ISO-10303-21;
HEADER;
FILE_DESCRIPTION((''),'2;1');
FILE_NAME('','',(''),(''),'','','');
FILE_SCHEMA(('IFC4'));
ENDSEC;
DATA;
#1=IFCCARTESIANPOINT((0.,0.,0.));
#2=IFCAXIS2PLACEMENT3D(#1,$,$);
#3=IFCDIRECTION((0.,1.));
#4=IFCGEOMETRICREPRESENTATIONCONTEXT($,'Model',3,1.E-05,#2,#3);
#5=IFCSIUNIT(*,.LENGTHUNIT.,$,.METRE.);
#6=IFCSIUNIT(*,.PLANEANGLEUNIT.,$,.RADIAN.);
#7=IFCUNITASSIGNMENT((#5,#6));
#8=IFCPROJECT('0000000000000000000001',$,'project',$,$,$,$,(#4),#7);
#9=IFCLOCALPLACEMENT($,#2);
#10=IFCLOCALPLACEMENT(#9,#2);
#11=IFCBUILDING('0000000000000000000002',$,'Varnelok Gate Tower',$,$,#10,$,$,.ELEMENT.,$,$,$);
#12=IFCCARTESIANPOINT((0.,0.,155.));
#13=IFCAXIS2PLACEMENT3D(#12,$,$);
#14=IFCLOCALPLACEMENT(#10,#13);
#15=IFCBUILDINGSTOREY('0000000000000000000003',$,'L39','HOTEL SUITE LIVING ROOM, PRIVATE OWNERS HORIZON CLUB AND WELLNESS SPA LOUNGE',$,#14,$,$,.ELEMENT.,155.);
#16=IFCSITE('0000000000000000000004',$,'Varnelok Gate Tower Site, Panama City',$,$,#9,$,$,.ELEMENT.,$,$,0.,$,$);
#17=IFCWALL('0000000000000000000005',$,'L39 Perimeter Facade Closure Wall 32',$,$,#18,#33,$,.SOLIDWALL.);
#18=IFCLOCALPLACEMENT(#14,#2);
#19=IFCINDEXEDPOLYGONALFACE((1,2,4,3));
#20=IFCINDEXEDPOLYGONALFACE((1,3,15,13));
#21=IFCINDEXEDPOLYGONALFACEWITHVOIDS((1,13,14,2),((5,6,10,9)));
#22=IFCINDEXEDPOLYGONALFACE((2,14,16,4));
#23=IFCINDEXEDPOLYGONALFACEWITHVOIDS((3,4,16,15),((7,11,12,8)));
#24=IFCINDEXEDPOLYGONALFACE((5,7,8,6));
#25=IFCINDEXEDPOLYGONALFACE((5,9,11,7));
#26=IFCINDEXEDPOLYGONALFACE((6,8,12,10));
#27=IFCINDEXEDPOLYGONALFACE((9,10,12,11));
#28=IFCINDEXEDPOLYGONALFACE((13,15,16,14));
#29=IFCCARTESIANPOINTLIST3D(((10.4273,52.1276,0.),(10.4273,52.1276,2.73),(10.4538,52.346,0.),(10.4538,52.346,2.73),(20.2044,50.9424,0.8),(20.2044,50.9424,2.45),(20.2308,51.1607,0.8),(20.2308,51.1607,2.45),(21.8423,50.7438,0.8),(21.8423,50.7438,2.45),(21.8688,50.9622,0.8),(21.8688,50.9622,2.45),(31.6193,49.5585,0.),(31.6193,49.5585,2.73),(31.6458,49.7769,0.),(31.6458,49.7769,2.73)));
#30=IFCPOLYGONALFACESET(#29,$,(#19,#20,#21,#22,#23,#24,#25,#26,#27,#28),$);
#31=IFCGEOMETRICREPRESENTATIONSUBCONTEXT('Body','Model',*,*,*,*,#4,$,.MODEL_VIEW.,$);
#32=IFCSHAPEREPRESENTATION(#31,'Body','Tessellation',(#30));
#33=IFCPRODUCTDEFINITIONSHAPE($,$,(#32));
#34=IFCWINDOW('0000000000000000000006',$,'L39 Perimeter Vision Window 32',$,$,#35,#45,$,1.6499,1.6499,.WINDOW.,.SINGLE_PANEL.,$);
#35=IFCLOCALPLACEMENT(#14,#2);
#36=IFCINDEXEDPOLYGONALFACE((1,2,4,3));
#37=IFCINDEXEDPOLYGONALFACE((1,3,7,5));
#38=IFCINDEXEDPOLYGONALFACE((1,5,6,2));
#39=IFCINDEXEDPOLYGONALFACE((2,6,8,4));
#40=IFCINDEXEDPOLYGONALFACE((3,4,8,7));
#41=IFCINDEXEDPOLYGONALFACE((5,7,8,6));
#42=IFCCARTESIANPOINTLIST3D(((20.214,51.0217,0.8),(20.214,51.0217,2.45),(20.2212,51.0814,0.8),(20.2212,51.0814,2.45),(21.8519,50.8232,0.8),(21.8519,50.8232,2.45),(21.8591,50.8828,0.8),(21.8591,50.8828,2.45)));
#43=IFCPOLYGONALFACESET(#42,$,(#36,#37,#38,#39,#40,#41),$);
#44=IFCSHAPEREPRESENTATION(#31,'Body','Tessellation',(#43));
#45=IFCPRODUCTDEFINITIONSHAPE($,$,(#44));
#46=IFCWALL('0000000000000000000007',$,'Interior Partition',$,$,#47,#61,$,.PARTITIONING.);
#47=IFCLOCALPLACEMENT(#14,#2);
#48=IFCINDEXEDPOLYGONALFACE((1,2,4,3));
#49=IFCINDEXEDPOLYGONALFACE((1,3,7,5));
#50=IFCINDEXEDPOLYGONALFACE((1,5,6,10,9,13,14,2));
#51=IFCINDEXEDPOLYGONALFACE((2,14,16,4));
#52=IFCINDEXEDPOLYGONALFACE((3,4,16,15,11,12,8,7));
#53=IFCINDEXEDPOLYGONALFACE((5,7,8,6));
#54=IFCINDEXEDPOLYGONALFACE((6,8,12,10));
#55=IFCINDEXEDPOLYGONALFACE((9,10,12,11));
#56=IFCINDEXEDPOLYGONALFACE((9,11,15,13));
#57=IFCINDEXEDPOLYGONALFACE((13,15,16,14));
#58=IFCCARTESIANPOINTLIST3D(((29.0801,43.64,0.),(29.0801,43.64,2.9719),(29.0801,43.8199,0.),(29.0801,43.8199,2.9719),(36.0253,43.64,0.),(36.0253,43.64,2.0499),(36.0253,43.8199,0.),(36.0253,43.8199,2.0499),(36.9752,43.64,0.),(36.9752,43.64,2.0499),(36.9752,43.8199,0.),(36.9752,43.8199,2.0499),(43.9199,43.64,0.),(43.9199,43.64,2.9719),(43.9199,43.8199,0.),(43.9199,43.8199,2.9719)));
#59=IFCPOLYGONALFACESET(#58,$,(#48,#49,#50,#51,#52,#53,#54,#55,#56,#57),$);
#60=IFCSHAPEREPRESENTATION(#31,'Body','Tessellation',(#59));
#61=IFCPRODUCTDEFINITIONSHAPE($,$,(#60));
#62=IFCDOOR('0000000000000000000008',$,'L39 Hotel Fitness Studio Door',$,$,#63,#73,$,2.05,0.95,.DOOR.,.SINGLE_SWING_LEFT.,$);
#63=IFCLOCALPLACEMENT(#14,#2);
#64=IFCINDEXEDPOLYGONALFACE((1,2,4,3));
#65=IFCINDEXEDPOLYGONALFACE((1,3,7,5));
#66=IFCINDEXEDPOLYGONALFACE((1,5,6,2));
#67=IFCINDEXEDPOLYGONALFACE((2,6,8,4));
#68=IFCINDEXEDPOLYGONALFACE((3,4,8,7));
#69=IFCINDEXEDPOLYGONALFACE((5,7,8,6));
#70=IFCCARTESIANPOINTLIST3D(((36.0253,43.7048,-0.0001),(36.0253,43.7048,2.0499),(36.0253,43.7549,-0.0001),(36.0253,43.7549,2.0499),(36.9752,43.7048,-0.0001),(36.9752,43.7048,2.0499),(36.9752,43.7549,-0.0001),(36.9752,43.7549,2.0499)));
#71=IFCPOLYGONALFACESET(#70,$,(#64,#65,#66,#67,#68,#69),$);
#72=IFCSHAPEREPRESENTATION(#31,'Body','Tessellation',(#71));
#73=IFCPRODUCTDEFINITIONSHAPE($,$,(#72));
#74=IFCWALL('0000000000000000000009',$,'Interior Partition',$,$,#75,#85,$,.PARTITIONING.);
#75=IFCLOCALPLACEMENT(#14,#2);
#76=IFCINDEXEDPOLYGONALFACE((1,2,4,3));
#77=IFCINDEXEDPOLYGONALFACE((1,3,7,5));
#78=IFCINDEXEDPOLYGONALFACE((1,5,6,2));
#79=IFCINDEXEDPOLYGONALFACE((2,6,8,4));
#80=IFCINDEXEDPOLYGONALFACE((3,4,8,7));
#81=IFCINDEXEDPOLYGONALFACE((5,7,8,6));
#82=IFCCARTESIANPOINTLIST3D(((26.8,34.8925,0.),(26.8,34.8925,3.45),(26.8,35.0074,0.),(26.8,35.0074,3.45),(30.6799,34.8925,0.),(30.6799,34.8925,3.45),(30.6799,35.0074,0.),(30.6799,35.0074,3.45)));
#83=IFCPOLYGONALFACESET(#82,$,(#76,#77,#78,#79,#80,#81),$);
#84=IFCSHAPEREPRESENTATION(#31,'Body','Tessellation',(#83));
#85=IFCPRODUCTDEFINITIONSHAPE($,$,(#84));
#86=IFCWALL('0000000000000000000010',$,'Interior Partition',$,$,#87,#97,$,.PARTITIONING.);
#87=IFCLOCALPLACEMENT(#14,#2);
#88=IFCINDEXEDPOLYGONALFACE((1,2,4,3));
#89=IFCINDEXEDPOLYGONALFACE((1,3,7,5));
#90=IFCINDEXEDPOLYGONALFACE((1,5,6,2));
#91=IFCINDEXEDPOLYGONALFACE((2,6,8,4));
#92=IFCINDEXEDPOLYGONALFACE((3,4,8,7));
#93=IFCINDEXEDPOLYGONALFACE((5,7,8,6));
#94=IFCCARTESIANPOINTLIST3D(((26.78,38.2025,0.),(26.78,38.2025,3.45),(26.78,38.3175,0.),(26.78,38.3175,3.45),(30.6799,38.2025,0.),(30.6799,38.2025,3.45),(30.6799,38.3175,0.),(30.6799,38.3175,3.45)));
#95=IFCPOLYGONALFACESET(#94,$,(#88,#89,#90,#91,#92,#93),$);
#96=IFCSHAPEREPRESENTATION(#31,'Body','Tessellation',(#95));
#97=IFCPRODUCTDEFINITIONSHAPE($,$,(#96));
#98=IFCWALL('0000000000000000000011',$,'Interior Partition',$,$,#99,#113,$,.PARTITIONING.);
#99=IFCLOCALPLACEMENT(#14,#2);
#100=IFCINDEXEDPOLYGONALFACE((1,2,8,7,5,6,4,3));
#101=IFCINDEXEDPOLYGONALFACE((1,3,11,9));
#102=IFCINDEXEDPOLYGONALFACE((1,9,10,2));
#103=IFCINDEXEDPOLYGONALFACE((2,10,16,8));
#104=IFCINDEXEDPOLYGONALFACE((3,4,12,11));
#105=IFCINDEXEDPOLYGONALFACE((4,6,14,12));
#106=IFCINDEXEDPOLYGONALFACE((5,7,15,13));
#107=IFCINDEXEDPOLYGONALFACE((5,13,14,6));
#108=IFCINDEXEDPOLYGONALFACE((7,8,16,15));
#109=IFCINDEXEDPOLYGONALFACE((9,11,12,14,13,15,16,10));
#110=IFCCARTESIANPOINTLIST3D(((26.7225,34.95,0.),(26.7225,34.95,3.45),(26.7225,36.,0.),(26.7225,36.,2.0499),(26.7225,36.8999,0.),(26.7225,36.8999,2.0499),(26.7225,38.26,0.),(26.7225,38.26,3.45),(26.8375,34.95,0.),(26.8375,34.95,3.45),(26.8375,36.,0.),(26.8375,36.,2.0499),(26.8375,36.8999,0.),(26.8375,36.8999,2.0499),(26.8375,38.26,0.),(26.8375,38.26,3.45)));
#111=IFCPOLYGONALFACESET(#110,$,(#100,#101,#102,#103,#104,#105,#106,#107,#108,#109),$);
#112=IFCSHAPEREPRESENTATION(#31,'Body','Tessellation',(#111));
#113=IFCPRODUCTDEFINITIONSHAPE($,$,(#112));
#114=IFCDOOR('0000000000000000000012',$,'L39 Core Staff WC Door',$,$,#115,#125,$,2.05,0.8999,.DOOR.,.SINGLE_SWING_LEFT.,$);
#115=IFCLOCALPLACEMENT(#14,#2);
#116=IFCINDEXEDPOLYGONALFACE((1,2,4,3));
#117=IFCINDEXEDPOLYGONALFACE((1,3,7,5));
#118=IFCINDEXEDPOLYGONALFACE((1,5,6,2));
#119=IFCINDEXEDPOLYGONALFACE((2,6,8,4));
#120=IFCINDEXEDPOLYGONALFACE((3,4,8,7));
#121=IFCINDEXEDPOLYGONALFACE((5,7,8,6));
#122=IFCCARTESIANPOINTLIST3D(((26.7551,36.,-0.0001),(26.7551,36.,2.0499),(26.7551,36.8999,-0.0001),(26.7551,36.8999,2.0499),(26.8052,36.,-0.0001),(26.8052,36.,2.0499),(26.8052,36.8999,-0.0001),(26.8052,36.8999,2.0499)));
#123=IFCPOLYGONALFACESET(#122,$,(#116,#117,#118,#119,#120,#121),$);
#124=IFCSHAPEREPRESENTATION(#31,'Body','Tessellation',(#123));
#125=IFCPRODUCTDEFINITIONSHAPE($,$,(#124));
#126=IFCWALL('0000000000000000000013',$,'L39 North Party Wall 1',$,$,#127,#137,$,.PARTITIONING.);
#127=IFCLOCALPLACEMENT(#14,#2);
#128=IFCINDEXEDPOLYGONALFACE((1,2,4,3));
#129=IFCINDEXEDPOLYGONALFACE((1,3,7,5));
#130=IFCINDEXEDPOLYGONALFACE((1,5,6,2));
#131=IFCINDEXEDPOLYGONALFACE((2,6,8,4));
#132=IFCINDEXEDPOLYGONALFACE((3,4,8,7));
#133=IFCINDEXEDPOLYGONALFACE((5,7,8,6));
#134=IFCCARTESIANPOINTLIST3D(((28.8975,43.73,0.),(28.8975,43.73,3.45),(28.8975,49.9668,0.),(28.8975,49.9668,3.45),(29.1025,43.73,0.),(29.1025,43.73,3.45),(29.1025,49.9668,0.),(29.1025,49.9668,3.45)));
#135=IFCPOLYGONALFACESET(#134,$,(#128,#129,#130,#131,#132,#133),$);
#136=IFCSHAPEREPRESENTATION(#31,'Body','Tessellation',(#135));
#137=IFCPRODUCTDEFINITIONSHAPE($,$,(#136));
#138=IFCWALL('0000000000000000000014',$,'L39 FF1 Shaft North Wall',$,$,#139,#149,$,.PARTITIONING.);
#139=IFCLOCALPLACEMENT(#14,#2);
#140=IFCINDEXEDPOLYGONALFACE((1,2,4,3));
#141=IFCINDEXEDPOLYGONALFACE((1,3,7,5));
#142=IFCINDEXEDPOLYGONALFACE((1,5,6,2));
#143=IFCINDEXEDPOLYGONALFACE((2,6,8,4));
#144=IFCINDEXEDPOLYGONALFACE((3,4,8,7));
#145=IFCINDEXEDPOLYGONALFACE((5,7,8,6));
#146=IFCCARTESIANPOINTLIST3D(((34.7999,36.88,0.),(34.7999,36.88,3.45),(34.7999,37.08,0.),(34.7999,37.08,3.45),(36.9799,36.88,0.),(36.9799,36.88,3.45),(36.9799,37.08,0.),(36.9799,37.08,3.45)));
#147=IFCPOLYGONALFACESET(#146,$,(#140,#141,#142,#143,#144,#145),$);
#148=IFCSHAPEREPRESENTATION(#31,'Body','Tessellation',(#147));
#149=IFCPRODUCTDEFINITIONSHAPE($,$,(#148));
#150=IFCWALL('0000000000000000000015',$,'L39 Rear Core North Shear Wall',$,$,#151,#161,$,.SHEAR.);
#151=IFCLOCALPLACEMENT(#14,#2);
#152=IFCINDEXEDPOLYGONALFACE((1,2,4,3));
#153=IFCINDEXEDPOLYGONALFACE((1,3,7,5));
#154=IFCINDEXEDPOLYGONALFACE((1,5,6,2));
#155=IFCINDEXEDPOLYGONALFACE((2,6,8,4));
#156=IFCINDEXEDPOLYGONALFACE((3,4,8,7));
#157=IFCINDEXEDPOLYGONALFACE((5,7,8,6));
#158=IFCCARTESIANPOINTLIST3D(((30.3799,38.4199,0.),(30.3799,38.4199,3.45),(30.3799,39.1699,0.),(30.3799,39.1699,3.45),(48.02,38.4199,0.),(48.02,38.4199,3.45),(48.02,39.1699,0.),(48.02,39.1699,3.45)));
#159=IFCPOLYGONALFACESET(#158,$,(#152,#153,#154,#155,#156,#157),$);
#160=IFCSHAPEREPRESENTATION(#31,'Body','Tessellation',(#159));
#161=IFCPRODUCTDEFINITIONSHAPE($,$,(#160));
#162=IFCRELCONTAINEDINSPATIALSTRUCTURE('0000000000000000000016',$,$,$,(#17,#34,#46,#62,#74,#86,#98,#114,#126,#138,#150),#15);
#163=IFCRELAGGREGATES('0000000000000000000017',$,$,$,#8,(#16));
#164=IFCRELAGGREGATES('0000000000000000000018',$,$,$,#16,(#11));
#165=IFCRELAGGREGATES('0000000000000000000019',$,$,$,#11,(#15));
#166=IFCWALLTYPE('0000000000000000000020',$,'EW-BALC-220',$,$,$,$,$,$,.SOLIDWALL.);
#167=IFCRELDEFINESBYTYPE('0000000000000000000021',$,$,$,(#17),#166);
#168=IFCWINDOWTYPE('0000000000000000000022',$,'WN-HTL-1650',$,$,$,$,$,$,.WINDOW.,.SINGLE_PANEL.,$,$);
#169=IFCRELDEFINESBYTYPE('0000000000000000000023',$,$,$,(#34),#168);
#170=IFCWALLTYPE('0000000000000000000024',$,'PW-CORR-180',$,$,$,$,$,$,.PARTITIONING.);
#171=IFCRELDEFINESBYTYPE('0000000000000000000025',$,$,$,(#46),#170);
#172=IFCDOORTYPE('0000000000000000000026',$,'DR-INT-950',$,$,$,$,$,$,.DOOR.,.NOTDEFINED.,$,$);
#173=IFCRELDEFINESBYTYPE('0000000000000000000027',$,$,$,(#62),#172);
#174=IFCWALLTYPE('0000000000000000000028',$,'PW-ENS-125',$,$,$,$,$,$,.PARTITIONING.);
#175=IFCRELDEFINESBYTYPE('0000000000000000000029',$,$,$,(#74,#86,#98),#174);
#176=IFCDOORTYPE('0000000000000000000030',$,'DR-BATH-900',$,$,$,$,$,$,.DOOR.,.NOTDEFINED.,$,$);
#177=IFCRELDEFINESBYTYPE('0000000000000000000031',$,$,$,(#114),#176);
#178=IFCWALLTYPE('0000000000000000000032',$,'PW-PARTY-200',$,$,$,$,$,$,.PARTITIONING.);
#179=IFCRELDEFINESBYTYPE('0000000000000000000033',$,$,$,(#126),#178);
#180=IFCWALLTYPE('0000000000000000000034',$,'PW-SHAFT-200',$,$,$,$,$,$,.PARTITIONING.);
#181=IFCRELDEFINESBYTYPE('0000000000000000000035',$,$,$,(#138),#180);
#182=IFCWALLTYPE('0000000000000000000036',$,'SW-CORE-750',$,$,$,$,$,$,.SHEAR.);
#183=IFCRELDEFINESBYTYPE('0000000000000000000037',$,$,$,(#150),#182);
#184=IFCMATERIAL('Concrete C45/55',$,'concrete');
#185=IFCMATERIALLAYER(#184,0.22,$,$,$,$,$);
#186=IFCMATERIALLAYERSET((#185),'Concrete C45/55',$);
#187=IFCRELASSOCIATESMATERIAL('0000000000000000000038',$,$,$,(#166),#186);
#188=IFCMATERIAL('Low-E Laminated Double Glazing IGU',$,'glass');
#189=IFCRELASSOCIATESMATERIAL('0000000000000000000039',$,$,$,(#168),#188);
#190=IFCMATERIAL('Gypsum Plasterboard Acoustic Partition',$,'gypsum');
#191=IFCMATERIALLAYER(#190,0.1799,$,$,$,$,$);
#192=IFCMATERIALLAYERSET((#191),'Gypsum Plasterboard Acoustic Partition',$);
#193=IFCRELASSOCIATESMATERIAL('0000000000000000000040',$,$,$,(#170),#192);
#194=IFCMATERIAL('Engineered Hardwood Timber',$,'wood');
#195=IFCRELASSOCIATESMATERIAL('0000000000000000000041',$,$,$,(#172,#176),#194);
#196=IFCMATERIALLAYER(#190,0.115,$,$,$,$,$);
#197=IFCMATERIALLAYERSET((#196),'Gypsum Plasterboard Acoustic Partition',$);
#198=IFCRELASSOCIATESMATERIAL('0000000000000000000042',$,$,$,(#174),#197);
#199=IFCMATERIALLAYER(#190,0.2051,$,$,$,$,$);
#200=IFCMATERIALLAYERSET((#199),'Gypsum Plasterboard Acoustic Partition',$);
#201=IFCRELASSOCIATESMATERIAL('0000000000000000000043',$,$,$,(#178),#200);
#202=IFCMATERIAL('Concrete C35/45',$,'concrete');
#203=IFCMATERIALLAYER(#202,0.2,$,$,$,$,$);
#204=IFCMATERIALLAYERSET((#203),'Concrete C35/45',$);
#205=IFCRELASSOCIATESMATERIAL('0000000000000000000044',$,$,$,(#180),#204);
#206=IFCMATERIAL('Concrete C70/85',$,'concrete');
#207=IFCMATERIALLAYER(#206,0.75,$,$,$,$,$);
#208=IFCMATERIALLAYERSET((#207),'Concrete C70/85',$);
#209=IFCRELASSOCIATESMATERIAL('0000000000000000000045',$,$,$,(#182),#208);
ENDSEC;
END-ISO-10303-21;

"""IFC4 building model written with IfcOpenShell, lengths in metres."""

from ifc_helpers import new_model, si_unit, direction, frame, frame_2d, origin, place, context, subcontext, project, spatial, rectangle, extrude, material, layer, layer_set, type_object, element, fill, save


model = new_model("IFC4")

# Units and contexts
model_context = context("Model", 3, precision=1e-05, world=origin(), true_north=direction((0.0, 1.0)))
body_context = subcontext(model_context, "Body", "Model", "MODEL_VIEW")
ifc_project = project(units=[si_unit("LENGTHUNIT", "METRE"), si_unit("PLANEANGLEUNIT", "RADIAN")], contexts=[model_context])

# Site, building, storey
site_placement = place(None, origin())
site = spatial("IfcSite", under=ifc_project, at=site_placement, Name="Varnelok Gate Tower Site, Panama City", CompositionType="ELEMENT", RefElevation=0.0)
building_placement = place(site_placement, origin())
building = spatial("IfcBuilding", under=site, at=building_placement, Name="Varnelok Gate Tower", CompositionType="ELEMENT")
storey_placement = place(building_placement, frame((0.0, 0.0, 155.0)))
storey = spatial("IfcBuildingStorey", under=building, at=storey_placement, Name="L39", Description="HOTEL SUITE LIVING ROOM, PRIVATE OWNERS HORIZON CLUB AND WELLNESS SPA LOUNGE", CompositionType="ELEMENT", Elevation=155.0)

# Shared definitions
ifc_material_1 = material(Name="Concrete C45/55", Category="concrete")
ifc_layer_1 = layer(ifc_material_1, 0.22)
ifc_layer_set_1 = layer_set([ifc_layer_1], Name="Concrete C45/55")
wall_type_1 = type_object("IfcWallType", Name="EW-BALC-220", PredefinedType="SOLIDWALL", material=ifc_layer_set_1)

# Wall, opening, window
wall_1_placement = place(storey_placement, frame((31.6326, 49.6677, 0.0), z_axis=(0.0, 0.0, 1.0), x_axis=(-0.992732, 0.120349, 0.0)))
wall_1 = element("IfcWall", 1, at=wall_1_placement, inside=storey, type_object=wall_type_1, Name="L39 Perimeter Facade Closure Wall 32", PredefinedType="SOLIDWALL", context=body_context, shape_type="SweptSolid", body=[
    extrude(rectangle(XDim=21.3472, YDim=0.22, at=frame_2d((10.6736, 0.0))), origin(), (0.0, 0.0, 1.0), 2.73),
])
opening_1_placement = place(wall_1_placement, frame((9.8486, 0.0, 0.8)))
opening_1 = element("IfcOpeningElement", 2, at=opening_1_placement, cuts=wall_1, PredefinedType="OPENING", context=body_context, shape_type="SweptSolid", body=[
    extrude(rectangle(XDim=1.6499, YDim=1.6499, at=frame_2d((0.825, 0.825))), frame((0.0, 0.1199, 0.0), z_axis=(0.0, -1.0, 0.0), x_axis=(1.0, 0.0, 0.0)), (0.0, 0.0, 1.0), 0.24),
])
ifc_material_2 = material(Name="Low-E Laminated Double Glazing IGU", Category="glass")
window_type = type_object("IfcWindowType", Name="WN-HTL-1650", PartitioningType="SINGLE_PANEL", PredefinedType="WINDOW", material=ifc_material_2)
window_placement = place(opening_1_placement, origin())
window = element("IfcWindow", 3, at=window_placement, inside=storey, type_object=window_type, Name="L39 Perimeter Vision Window 32", OverallHeight=1.6499, OverallWidth=1.6499, PartitioningType="SINGLE_PANEL", PredefinedType="WINDOW", context=body_context, shape_type="SweptSolid", body=[
    extrude(rectangle(XDim=1.6499, YDim=1.6499, at=frame_2d((0.825, 0.825))), frame((0.0, 0.03, 0.0), z_axis=(0.0, -1.0, 0.0), x_axis=(1.0, 0.0, 0.0)), (0.0, 0.0, 1.0), 0.0601),
])
fill(opening_1, window)

# Wall, opening, door
ifc_material_3 = material(Name="Gypsum Plasterboard Acoustic Partition", Category="gypsum")
ifc_layer_2 = layer(ifc_material_3, 0.1799)
ifc_layer_set_2 = layer_set([ifc_layer_2], Name="Gypsum Plasterboard Acoustic Partition")
wall_type_2 = type_object("IfcWallType", Name="PW-CORR-180", PredefinedType="PARTITIONING", material=ifc_layer_set_2)
wall_2_placement = place(storey_placement, frame((29.0801, 43.73, 0.0), z_axis=(0.0, 0.0, 1.0), x_axis=(1.0, 0.0, 0.0)))
wall_2 = element("IfcWall", 4, at=wall_2_placement, inside=storey, type_object=wall_type_2, Name="Interior Partition", PredefinedType="PARTITIONING", context=body_context, shape_type="SweptSolid", body=[
    extrude(rectangle(XDim=14.8398, YDim=0.1799, at=frame_2d((7.4199, 0.0))), origin(), (0.0, 0.0, 1.0), 2.9719),
])
opening_2_placement = place(wall_2_placement, frame((6.9451, 0.0, 0.0)))
opening_2 = element("IfcOpeningElement", 5, at=opening_2_placement, cuts=wall_2, PredefinedType="OPENING", context=body_context, shape_type="SweptSolid", body=[
    extrude(rectangle(XDim=0.95, YDim=2.05, at=frame_2d((0.4751, 1.0249))), frame((0.0, 0.0999, 0.0), z_axis=(0.0, -1.0, 0.0), x_axis=(1.0, 0.0, 0.0)), (0.0, 0.0, 1.0), 0.2),
])
ifc_material_4 = material(Name="Engineered Hardwood Timber", Category="wood")
door_type_1 = type_object("IfcDoorType", Name="DR-INT-950", OperationType="NOTDEFINED", PredefinedType="DOOR", material=ifc_material_4)
door_1_placement = place(opening_2_placement, origin())
door_1 = element("IfcDoor", 6, at=door_1_placement, inside=storey, type_object=door_type_1, Name="L39 Hotel Fitness Studio Door", OperationType="SINGLE_SWING_LEFT", OverallHeight=2.05, OverallWidth=0.95, PredefinedType="DOOR", context=body_context, shape_type="SweptSolid", body=[
    extrude(rectangle(XDim=0.95, YDim=2.05, at=frame_2d((0.4751, 1.0249))), frame((0.0, 0.0249, 0.0), z_axis=(0.0, -1.0, 0.0), x_axis=(1.0, 0.0, 0.0)), (0.0, 0.0, 1.0), 0.05),
])
fill(opening_2, door_1)

# Walls
ifc_layer_3 = layer(ifc_material_3, 0.115)
ifc_layer_set_3 = layer_set([ifc_layer_3], Name="Gypsum Plasterboard Acoustic Partition")
wall_type_3 = type_object("IfcWallType", Name="PW-ENS-125", PredefinedType="PARTITIONING", material=ifc_layer_set_3)
wall_3_placement = place(storey_placement, frame((26.8, 34.95, 0.0), z_axis=(0.0, 0.0, 1.0), x_axis=(1.0, 0.0, 0.0)))
element("IfcWall", 7, at=wall_3_placement, inside=storey, type_object=wall_type_3, Name="Interior Partition", PredefinedType="PARTITIONING", context=body_context, shape_type="SweptSolid", body=[
    extrude(rectangle(XDim=3.8799, YDim=0.115, at=frame_2d((1.9399, 0.0))), origin(), (0.0, 0.0, 1.0), 3.45),
])
wall_4_placement = place(storey_placement, frame((26.78, 38.26, 0.0), z_axis=(0.0, 0.0, 1.0), x_axis=(1.0, 0.0, 0.0)))
element("IfcWall", 8, at=wall_4_placement, inside=storey, type_object=wall_type_3, Name="Interior Partition", PredefinedType="PARTITIONING", context=body_context, shape_type="SweptSolid", body=[
    extrude(rectangle(XDim=3.8999, YDim=0.115, at=frame_2d((1.95, 0.0))), origin(), (0.0, 0.0, 1.0), 3.45),
])

# Wall, opening, door
wall_5_placement = place(storey_placement, frame((26.78, 34.95, 0.0), z_axis=(0.0, 0.0, 1.0), x_axis=(0.0, 1.0, 0.0)))
wall_5 = element("IfcWall", 9, at=wall_5_placement, inside=storey, type_object=wall_type_3, Name="Interior Partition", PredefinedType="PARTITIONING", context=body_context, shape_type="SweptSolid", body=[
    extrude(rectangle(XDim=3.3101, YDim=0.115, at=frame_2d((1.655, 0.0))), origin(), (0.0, 0.0, 1.0), 3.45),
])
opening_3_placement = place(wall_5_placement, frame((1.05, 0.0, 0.0)))
opening_3 = element("IfcOpeningElement", 10, at=opening_3_placement, cuts=wall_5, PredefinedType="OPENING", context=body_context, shape_type="SweptSolid", body=[
    extrude(rectangle(XDim=0.8999, YDim=2.05, at=frame_2d((0.45, 1.0249))), frame((0.0, 0.0674, 0.0), z_axis=(0.0, -1.0, 0.0), x_axis=(1.0, 0.0, 0.0)), (0.0, 0.0, 1.0), 0.135),
])
door_type_2 = type_object("IfcDoorType", Name="DR-BATH-900", OperationType="NOTDEFINED", PredefinedType="DOOR", material=ifc_material_4)
door_2_placement = place(opening_3_placement, origin())
door_2 = element("IfcDoor", 11, at=door_2_placement, inside=storey, type_object=door_type_2, Name="L39 Core Staff WC Door", OperationType="SINGLE_SWING_LEFT", OverallHeight=2.05, OverallWidth=0.8999, PredefinedType="DOOR", context=body_context, shape_type="SweptSolid", body=[
    extrude(rectangle(XDim=0.8999, YDim=2.05, at=frame_2d((0.45, 1.0249))), frame((0.0, 0.0249, 0.0), z_axis=(0.0, -1.0, 0.0), x_axis=(1.0, 0.0, 0.0)), (0.0, 0.0, 1.0), 0.05),
])
fill(opening_3, door_2)

# Walls
ifc_layer_4 = layer(ifc_material_3, 0.2051)
ifc_layer_set_4 = layer_set([ifc_layer_4], Name="Gypsum Plasterboard Acoustic Partition")
wall_type_4 = type_object("IfcWallType", Name="PW-PARTY-200", PredefinedType="PARTITIONING", material=ifc_layer_set_4)
wall_6_placement = place(storey_placement, frame((29.0, 43.73, 0.0), z_axis=(0.0, 0.0, 1.0), x_axis=(0.0, 1.0, 0.0)))
element("IfcWall", 12, at=wall_6_placement, inside=storey, type_object=wall_type_4, Name="L39 North Party Wall 1", PredefinedType="PARTITIONING", context=body_context, shape_type="SweptSolid", body=[
    extrude(rectangle(XDim=6.2368, YDim=0.2051, at=frame_2d((3.1184, 0.0))), origin(), (0.0, 0.0, 1.0), 3.45),
])
ifc_material_5 = material(Name="Concrete C35/45", Category="concrete")
ifc_layer_5 = layer(ifc_material_5, 0.2)
ifc_layer_set_5 = layer_set([ifc_layer_5], Name="Concrete C35/45")
wall_type_5 = type_object("IfcWallType", Name="PW-SHAFT-200", PredefinedType="PARTITIONING", material=ifc_layer_set_5)
wall_7_placement = place(storey_placement, frame((34.8, 36.98, 0.0), z_axis=(0.0, 0.0, 1.0), x_axis=(1.0, 0.0, 0.0)))
element("IfcWall", 13, at=wall_7_placement, inside=storey, type_object=wall_type_5, Name="L39 FF1 Shaft North Wall", PredefinedType="PARTITIONING", context=body_context, shape_type="SweptSolid", body=[
    extrude(rectangle(XDim=2.1799, YDim=0.2, at=frame_2d((1.0898, 0.0))), origin(), (0.0, 0.0, 1.0), 3.45),
])
ifc_material_6 = material(Name="Concrete C70/85", Category="concrete")
ifc_layer_6 = layer(ifc_material_6, 0.75)
ifc_layer_set_6 = layer_set([ifc_layer_6], Name="Concrete C70/85")
wall_type_6 = type_object("IfcWallType", Name="SW-CORE-750", PredefinedType="SHEAR", material=ifc_layer_set_6)
wall_8_placement = place(storey_placement, frame((30.3799, 38.7949, 0.0), z_axis=(0.0, 0.0, 1.0), x_axis=(1.0, 0.0, 0.0)))
element("IfcWall", 14, at=wall_8_placement, inside=storey, type_object=wall_type_6, Name="L39 Rear Core North Shear Wall", PredefinedType="SHEAR", context=body_context, shape_type="SweptSolid", body=[
    extrude(rectangle(XDim=17.6401, YDim=0.75, at=frame_2d((8.8201, 0.0))), origin(), (0.0, 0.0, 1.0), 3.45),
])

save(model, "model.ifc")
